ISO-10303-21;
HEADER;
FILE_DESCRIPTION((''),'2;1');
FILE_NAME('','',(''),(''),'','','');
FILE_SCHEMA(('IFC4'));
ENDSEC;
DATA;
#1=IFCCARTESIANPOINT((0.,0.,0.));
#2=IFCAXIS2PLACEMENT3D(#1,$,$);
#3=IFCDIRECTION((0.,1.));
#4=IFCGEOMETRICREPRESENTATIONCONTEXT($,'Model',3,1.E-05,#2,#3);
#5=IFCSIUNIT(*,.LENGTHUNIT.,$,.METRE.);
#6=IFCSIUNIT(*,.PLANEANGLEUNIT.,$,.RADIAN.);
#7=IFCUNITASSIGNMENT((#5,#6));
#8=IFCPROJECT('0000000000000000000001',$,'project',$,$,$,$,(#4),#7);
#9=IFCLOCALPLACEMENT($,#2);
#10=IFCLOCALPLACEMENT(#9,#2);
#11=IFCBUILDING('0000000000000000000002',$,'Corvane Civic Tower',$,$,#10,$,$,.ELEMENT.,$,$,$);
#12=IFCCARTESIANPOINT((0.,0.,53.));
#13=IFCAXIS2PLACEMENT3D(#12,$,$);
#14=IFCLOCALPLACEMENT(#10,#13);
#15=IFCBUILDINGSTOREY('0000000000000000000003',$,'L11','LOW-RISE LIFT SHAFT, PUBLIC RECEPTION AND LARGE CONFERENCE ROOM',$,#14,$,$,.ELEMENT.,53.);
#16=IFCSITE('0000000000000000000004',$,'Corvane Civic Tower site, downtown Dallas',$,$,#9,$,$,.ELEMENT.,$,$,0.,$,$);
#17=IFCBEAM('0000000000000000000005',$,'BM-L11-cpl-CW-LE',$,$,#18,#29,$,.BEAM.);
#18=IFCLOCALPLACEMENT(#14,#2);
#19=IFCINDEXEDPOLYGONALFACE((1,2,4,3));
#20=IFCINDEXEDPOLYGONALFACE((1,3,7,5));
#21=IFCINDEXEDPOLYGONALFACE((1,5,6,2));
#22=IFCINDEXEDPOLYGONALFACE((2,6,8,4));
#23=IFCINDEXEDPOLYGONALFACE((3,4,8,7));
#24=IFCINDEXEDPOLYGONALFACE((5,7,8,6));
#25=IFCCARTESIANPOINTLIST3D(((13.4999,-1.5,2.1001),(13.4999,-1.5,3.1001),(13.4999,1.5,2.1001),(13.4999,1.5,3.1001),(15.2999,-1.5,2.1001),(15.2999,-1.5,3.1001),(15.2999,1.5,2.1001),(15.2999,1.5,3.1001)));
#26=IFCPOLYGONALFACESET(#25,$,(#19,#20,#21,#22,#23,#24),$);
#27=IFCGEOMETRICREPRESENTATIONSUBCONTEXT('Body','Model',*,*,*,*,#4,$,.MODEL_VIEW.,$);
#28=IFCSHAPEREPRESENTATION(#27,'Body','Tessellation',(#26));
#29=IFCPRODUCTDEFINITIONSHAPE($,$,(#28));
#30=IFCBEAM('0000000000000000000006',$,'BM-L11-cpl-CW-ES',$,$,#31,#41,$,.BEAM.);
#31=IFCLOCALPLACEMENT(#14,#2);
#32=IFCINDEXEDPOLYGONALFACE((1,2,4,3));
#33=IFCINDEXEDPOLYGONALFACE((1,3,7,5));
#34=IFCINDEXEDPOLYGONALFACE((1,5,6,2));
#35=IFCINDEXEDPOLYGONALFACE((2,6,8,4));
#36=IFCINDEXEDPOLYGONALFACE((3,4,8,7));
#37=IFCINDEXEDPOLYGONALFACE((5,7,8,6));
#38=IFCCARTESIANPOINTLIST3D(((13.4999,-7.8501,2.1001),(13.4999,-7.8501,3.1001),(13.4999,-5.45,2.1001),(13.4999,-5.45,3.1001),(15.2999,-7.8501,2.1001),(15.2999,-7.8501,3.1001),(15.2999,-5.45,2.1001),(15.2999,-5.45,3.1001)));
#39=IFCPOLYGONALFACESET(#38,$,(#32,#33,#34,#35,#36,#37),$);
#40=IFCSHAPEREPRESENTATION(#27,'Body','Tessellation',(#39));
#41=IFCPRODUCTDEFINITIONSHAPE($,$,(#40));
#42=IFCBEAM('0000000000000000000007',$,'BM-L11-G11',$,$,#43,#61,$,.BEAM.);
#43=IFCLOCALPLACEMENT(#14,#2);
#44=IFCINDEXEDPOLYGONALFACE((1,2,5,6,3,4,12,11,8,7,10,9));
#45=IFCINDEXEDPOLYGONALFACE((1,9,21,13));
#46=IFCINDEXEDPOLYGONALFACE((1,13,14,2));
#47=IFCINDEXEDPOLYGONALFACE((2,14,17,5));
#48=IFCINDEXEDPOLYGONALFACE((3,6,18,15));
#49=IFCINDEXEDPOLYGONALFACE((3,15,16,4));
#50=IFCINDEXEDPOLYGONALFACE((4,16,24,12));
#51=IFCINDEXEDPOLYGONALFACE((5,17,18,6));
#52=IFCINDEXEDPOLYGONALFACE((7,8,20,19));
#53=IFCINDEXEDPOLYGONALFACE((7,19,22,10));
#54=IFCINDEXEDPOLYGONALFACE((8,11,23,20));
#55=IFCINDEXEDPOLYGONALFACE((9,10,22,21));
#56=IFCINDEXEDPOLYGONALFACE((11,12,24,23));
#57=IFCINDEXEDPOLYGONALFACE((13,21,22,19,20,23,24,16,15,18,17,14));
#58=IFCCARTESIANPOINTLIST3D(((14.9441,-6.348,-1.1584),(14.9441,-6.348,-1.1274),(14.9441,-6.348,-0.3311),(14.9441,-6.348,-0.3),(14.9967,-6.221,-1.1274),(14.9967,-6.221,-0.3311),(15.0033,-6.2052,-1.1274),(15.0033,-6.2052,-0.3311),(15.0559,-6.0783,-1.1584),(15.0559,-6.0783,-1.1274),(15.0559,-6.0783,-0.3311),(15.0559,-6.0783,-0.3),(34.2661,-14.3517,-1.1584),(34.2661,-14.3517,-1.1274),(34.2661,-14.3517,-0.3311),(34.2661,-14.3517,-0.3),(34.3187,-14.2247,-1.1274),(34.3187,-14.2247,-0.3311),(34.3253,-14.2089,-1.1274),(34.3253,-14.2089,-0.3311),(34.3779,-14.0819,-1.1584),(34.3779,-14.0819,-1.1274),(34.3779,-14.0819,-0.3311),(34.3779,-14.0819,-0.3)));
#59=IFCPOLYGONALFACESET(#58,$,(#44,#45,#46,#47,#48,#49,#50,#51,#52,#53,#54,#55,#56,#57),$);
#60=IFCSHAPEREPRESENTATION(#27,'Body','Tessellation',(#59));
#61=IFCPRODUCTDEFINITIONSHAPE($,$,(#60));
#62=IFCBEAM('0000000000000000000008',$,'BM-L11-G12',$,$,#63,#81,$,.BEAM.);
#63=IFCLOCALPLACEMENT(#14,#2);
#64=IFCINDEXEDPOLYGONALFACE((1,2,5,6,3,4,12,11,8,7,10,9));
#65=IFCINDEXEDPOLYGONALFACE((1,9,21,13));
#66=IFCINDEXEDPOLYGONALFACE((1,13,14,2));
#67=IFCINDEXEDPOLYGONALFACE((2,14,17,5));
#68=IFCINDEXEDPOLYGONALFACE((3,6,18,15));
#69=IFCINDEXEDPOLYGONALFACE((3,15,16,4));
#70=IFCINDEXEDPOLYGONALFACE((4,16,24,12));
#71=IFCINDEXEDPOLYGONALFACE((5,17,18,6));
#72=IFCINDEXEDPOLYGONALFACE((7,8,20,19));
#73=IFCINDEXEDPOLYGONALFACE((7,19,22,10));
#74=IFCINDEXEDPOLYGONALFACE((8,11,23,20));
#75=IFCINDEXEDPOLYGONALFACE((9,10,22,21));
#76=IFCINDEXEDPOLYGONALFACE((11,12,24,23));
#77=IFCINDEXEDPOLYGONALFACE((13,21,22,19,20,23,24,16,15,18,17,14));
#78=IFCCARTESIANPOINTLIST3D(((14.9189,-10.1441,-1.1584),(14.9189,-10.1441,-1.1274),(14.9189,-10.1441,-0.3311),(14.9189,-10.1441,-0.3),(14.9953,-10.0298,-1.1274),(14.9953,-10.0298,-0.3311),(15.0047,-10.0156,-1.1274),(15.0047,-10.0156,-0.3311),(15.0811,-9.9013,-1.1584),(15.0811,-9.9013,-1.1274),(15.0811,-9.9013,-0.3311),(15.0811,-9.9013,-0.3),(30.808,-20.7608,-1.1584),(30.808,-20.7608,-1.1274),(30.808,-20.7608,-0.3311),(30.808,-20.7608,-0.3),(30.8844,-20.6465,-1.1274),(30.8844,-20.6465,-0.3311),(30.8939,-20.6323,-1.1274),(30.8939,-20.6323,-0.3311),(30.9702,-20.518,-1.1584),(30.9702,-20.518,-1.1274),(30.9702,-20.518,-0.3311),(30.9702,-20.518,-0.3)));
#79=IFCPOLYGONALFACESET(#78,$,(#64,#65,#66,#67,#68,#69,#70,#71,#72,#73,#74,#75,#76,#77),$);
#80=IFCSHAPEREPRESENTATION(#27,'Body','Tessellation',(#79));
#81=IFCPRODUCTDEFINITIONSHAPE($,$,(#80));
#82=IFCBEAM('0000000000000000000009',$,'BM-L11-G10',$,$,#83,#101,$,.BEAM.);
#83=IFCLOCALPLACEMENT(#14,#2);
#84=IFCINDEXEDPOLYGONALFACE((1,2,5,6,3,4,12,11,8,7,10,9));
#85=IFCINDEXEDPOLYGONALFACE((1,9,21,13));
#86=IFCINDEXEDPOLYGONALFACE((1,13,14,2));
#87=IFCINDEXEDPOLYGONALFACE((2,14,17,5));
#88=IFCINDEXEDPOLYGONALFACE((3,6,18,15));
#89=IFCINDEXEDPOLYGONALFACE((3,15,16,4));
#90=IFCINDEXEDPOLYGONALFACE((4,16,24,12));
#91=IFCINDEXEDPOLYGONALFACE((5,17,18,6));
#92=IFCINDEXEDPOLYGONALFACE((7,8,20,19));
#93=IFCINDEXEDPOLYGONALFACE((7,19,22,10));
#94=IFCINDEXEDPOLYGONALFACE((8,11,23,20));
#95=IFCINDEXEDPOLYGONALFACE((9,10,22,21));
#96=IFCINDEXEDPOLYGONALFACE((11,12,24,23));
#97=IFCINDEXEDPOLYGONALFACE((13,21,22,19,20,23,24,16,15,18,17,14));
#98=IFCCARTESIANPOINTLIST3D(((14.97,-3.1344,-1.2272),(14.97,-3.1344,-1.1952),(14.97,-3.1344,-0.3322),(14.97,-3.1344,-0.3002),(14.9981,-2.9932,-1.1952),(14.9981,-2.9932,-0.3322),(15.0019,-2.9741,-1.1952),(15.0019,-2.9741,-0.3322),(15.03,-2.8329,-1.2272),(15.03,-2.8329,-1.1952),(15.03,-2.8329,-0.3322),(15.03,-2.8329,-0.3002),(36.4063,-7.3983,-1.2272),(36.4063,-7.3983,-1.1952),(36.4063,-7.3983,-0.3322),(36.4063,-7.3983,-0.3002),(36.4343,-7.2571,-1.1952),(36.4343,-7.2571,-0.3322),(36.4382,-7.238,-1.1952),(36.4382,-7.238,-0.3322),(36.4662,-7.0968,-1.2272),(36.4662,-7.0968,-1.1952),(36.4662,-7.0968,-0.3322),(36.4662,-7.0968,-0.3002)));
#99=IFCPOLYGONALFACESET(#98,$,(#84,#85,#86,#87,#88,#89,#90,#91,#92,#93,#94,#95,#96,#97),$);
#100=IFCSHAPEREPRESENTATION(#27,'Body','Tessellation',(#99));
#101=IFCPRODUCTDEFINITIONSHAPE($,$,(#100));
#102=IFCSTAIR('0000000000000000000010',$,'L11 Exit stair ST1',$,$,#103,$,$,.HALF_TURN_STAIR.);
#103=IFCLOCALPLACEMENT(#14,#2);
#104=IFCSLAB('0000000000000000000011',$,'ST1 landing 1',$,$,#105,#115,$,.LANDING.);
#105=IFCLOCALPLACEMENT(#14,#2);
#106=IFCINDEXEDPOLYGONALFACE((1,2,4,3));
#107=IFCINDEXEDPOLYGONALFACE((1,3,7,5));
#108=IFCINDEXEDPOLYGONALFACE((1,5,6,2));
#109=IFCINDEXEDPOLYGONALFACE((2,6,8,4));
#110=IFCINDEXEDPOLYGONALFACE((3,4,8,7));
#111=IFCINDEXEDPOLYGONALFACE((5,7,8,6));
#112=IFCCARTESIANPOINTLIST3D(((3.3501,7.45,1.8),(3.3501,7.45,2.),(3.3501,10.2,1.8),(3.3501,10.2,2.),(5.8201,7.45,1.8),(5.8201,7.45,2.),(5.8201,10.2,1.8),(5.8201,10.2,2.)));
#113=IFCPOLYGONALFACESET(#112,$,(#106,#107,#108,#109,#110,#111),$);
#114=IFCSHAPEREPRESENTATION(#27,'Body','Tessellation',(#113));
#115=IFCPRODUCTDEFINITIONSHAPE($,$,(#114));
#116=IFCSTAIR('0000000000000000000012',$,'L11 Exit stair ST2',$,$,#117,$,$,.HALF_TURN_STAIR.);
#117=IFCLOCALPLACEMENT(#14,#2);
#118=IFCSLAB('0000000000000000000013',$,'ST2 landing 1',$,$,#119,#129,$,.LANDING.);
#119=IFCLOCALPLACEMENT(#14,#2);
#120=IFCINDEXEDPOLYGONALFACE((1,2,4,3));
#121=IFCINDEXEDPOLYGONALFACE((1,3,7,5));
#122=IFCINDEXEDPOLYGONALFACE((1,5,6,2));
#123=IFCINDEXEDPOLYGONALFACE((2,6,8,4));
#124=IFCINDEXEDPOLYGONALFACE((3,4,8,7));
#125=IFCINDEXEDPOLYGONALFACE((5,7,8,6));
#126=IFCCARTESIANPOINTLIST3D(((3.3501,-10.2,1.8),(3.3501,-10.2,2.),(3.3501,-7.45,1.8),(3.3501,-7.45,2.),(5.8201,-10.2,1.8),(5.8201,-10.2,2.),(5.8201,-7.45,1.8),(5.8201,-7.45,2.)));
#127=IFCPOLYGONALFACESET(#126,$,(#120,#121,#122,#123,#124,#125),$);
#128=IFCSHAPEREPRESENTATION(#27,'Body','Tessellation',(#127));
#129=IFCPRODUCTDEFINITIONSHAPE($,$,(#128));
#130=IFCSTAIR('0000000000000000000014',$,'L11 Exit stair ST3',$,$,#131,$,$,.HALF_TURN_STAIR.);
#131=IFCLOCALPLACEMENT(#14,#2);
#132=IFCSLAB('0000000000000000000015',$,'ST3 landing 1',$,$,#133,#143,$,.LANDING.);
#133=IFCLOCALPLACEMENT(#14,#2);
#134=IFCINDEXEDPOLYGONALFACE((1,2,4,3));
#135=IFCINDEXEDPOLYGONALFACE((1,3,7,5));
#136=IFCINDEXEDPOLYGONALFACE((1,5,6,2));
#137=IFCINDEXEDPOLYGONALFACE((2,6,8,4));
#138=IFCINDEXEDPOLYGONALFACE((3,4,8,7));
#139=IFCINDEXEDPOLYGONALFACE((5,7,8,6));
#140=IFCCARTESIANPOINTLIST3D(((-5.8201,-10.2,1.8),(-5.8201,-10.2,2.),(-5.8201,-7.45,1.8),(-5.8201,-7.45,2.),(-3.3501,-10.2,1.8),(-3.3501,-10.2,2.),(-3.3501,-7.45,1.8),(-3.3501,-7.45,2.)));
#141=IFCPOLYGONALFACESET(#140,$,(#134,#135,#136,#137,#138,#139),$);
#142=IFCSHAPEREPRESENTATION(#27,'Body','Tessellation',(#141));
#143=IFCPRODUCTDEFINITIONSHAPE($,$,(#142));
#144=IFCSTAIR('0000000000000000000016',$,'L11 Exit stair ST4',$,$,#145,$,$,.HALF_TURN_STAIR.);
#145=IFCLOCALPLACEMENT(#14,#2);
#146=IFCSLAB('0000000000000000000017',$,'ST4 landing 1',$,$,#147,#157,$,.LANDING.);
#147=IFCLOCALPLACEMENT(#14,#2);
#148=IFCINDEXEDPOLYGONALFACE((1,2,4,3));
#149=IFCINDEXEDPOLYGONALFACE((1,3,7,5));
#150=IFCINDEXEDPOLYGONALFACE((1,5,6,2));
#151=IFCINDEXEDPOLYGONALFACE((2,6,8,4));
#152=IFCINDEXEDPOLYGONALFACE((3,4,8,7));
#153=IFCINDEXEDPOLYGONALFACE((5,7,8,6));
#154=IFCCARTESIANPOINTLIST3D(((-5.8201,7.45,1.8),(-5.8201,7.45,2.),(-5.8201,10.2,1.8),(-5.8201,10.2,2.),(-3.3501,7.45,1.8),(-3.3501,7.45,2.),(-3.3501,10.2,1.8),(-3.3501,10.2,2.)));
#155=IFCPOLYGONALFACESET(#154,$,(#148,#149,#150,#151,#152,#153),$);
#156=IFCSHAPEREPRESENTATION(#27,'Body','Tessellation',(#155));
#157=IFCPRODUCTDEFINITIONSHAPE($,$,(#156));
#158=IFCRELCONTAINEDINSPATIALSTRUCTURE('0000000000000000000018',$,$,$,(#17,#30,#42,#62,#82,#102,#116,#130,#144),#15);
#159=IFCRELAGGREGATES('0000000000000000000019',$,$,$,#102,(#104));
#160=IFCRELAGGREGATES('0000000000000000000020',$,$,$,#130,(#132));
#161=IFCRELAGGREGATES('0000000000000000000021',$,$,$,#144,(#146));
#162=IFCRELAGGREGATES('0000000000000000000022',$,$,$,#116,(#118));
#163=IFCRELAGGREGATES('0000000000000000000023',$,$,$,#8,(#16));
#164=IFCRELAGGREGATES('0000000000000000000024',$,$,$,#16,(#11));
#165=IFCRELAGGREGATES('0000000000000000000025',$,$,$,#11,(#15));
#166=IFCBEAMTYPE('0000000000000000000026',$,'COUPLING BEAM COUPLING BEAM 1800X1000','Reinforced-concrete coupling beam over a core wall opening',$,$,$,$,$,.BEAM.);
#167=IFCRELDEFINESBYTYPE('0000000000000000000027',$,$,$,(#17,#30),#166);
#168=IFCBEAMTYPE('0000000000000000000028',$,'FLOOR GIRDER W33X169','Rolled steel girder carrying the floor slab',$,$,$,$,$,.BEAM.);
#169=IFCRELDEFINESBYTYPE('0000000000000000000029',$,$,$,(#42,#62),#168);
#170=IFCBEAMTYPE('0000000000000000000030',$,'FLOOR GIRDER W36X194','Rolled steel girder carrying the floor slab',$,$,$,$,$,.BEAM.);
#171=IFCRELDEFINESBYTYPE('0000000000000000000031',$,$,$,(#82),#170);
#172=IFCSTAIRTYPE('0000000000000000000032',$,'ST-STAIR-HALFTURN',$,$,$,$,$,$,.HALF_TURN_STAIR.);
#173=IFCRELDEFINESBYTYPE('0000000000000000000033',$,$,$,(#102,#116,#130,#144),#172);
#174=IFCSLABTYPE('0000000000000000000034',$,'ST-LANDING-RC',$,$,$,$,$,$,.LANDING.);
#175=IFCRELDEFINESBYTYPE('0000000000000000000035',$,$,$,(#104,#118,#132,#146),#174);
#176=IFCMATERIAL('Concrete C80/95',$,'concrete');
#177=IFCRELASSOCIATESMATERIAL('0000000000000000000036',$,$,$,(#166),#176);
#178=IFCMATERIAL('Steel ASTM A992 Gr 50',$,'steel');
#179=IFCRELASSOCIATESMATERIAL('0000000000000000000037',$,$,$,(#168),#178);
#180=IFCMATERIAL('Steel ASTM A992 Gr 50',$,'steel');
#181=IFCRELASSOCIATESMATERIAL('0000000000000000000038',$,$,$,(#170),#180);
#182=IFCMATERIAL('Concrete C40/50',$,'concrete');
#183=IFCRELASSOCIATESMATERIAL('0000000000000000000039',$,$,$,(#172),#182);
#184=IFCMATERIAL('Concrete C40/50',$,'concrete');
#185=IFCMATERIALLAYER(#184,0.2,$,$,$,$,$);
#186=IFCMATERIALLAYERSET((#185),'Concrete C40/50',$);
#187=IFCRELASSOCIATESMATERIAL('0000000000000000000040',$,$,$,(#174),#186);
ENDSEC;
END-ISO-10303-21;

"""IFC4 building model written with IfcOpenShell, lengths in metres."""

from ifc_helpers import new_model, si_unit, direction, frame, origin, origin_2d, place, context, subcontext, project, spatial, polyline, rectangle, i_section, outline, extrude, material, layer, layer_set, material_profile, profile_set, type_object, element, aggregate, save


model = new_model("IFC4")

# Units and contexts
model_context = context("Model", 3, precision=1e-05, world=origin(), true_north=direction((0.0, 1.0)))
body_context = subcontext(model_context, "Body", "Model", "MODEL_VIEW")
ifc_project = project(units=[si_unit("LENGTHUNIT", "METRE"), si_unit("PLANEANGLEUNIT", "RADIAN")], contexts=[model_context])

# Site, building, storey
site_placement = place(None, origin())
site = spatial("IfcSite", under=ifc_project, at=site_placement, Name="Corvane Civic Tower site, downtown Dallas", CompositionType="ELEMENT", RefElevation=0.0)
building_placement = place(site_placement, origin())
building = spatial("IfcBuilding", under=site, at=building_placement, Name="Corvane Civic Tower", CompositionType="ELEMENT")
storey_placement = place(building_placement, frame((0.0, 0.0, 53.0)))
storey = spatial("IfcBuildingStorey", under=building, at=storey_placement, Name="L11", Description="LOW-RISE LIFT SHAFT, PUBLIC RECEPTION AND LARGE CONFERENCE ROOM", CompositionType="ELEMENT", Elevation=53.0)

# Beams
ifc_material_1 = material(Name="Concrete C80/95", Category="concrete")
ifc_material_profile_1 = material_profile(ifc_material_1, rectangle(XDim=1.8, YDim=1.0, at=origin_2d()), Name="COUPLING BEAM 1800X1000")
ifc_profile_set_1 = profile_set([ifc_material_profile_1], Name="Concrete C80/95")
beam_type_1 = type_object("IfcBeamType", Name="COUPLING BEAM COUPLING BEAM 1800X1000", Description="Reinforced-concrete coupling beam over a core wall opening", PredefinedType="BEAM", material=ifc_profile_set_1)
beam_1_placement = place(storey_placement, frame((14.3999, -1.5, 2.6001), z_axis=(0.0, 1.0, 0.0), x_axis=(-1.0, 0.0, 0.0)))
element("IfcBeam", 1, at=beam_1_placement, inside=storey, type_object=beam_type_1, Name="BM-L11-cpl-CW-LE", PredefinedType="BEAM", context=body_context, shape_type="SweptSolid", body=[
    extrude(rectangle(XDim=1.8, YDim=1.0, at=origin_2d()), origin(), (0.0, 0.0, 1.0), 3.0),
])
beam_2_placement = place(storey_placement, frame((14.3999, -7.8501, 2.6001), z_axis=(0.0, 1.0, 0.0), x_axis=(-1.0, 0.0, 0.0)))
element("IfcBeam", 2, at=beam_2_placement, inside=storey, type_object=beam_type_1, Name="BM-L11-cpl-CW-ES", PredefinedType="BEAM", context=body_context, shape_type="SweptSolid", body=[
    extrude(rectangle(XDim=1.8, YDim=1.0, at=origin_2d()), origin(), (0.0, 0.0, 1.0), 2.4001),
])
ifc_material_2 = material(Name="Steel ASTM A992 Gr 50", Category="steel")
ifc_material_profile_2 = material_profile(ifc_material_2, i_section(OverallWidth=0.292, OverallDepth=0.8584, WebThickness=0.0171, FlangeThickness=0.031, at=origin_2d()), Name="W33X169")
ifc_profile_set_2 = profile_set([ifc_material_profile_2], Name="Steel ASTM A992 Gr 50")
beam_type_2 = type_object("IfcBeamType", Name="FLOOR GIRDER W33X169", Description="Rolled steel girder carrying the floor slab", PredefinedType="BEAM", material=ifc_profile_set_2)
beam_3_placement = place(storey_placement, frame((15.0, -6.2131, -0.7292), z_axis=(0.923876, -0.382692, 0.0), x_axis=(0.382692, 0.923876, 0.0)))
element("IfcBeam", 3, at=beam_3_placement, inside=storey, type_object=beam_type_2, Name="BM-L11-G11", PredefinedType="BEAM", context=body_context, shape_type="SweptSolid", body=[
    extrude(i_section(OverallWidth=0.292, OverallDepth=0.8584, WebThickness=0.0171, FlangeThickness=0.031, at=origin_2d()), origin(), (0.0, 0.0, 1.0), 20.9141),
])
beam_4_placement = place(storey_placement, frame((15.0, -10.0227, -0.7292), z_axis=(0.831472, -0.555567, 0.0), x_axis=(0.555567, 0.831472, 0.0)))
element("IfcBeam", 4, at=beam_4_placement, inside=storey, type_object=beam_type_2, Name="BM-L11-G12", PredefinedType="BEAM", context=body_context, shape_type="SweptSolid", body=[
    extrude(i_section(OverallWidth=0.292, OverallDepth=0.8584, WebThickness=0.0171, FlangeThickness=0.031, at=origin_2d()), origin(), (0.0, 0.0, 1.0), 19.1096),
])
ifc_material_3 = material(Name="Steel ASTM A992 Gr 50", Category="steel")
ifc_material_profile_3 = material_profile(ifc_material_3, i_section(OverallWidth=0.3074, OverallDepth=0.927, WebThickness=0.0195, FlangeThickness=0.032, at=origin_2d()), Name="W36X194")
ifc_profile_set_3 = profile_set([ifc_material_profile_3], Name="Steel ASTM A992 Gr 50")
beam_type_3 = type_object("IfcBeamType", Name="FLOOR GIRDER W36X194", Description="Rolled steel girder carrying the floor slab", PredefinedType="BEAM", material=ifc_profile_set_3)
beam_5_placement = place(storey_placement, frame((15.0, -2.9836, -0.7637), z_axis=(0.980785, -0.195089, 0.0), x_axis=(0.195089, 0.980785, 0.0)))
element("IfcBeam", 5, at=beam_5_placement, inside=storey, type_object=beam_type_3, Name="BM-L11-G10", PredefinedType="BEAM", context=body_context, shape_type="SweptSolid", body=[
    extrude(i_section(OverallWidth=0.3074, OverallDepth=0.927, WebThickness=0.0195, FlangeThickness=0.032, at=origin_2d()), origin(), (0.0, 0.0, 1.0), 21.8562),
])

# Stairs, slabs
ifc_material_4 = material(Name="Concrete C40/50", Category="concrete")
stair_type = type_object("IfcStairType", Name="ST-STAIR-HALFTURN", PredefinedType="HALF_TURN_STAIR", material=ifc_material_4)
stair_1_placement = place(storey_placement, origin())
stair_1 = element("IfcStair", 6, at=stair_1_placement, inside=storey, type_object=stair_type, Name="L11 Exit stair ST1", PredefinedType="HALF_TURN_STAIR")
ifc_material_5 = material(Name="Concrete C40/50", Category="concrete")
ifc_layer_1 = layer(ifc_material_5, 0.2)
ifc_layer_set_1 = layer_set([ifc_layer_1], Name="Concrete C40/50")
slab_type = type_object("IfcSlabType", Name="ST-LANDING-RC", PredefinedType="LANDING", material=ifc_layer_set_1)
slab_1_placement = place(storey_placement, frame((0.0, 0.0, 1.8)))
slab_1 = element("IfcSlab", 7, at=slab_1_placement, type_object=slab_type, Name="ST1 landing 1", PredefinedType="LANDING", context=body_context, shape_type="SweptSolid", body=[
    extrude(outline(polyline([(5.8201, 10.2), (3.3501, 10.2), (3.3501, 7.45), (5.8201, 7.45), (5.8201, 10.2)])), origin(), (0.0, 0.0, 1.0), 0.2),
])
aggregate(stair_1, [slab_1])
stair_2_placement = place(storey_placement, origin())
stair_2 = element("IfcStair", 8, at=stair_2_placement, inside=storey, type_object=stair_type, Name="L11 Exit stair ST2", PredefinedType="HALF_TURN_STAIR")
slab_2_placement = place(storey_placement, frame((0.0, 0.0, 1.8)))
slab_2 = element("IfcSlab", 9, at=slab_2_placement, type_object=slab_type, Name="ST2 landing 1", PredefinedType="LANDING", context=body_context, shape_type="SweptSolid", body=[
    extrude(outline(polyline([(5.8201, -7.45), (3.3501, -7.45), (3.3501, -10.2), (5.8201, -10.2), (5.8201, -7.45)])), origin(), (0.0, 0.0, 1.0), 0.2),
])
stair_3_placement = place(storey_placement, origin())
stair_3 = element("IfcStair", 10, at=stair_3_placement, inside=storey, type_object=stair_type, Name="L11 Exit stair ST3", PredefinedType="HALF_TURN_STAIR")
slab_3_placement = place(storey_placement, frame((0.0, 0.0, 1.8)))
slab_3 = element("IfcSlab", 11, at=slab_3_placement, type_object=slab_type, Name="ST3 landing 1", PredefinedType="LANDING", context=body_context, shape_type="SweptSolid", body=[
    extrude(outline(polyline([(-5.8201, -10.2), (-3.3501, -10.2), (-3.3501, -7.45), (-5.8201, -7.45), (-5.8201, -10.2)])), origin(), (0.0, 0.0, 1.0), 0.2),
])
aggregate(stair_3, [slab_3])
stair_4_placement = place(storey_placement, origin())
stair_4 = element("IfcStair", 12, at=stair_4_placement, inside=storey, type_object=stair_type, Name="L11 Exit stair ST4", PredefinedType="HALF_TURN_STAIR")
slab_4_placement = place(storey_placement, frame((0.0, 0.0, 1.8)))
slab_4 = element("IfcSlab", 13, at=slab_4_placement, type_object=slab_type, Name="ST4 landing 1", PredefinedType="LANDING", context=body_context, shape_type="SweptSolid", body=[
    extrude(outline(polyline([(-5.8201, 7.45), (-3.3501, 7.45), (-3.3501, 10.2), (-5.8201, 10.2), (-5.8201, 7.45)])), origin(), (0.0, 0.0, 1.0), 0.2),
])
aggregate(stair_4, [slab_4])

aggregate(stair_2, [slab_2])

save(model, "model.ifc")
